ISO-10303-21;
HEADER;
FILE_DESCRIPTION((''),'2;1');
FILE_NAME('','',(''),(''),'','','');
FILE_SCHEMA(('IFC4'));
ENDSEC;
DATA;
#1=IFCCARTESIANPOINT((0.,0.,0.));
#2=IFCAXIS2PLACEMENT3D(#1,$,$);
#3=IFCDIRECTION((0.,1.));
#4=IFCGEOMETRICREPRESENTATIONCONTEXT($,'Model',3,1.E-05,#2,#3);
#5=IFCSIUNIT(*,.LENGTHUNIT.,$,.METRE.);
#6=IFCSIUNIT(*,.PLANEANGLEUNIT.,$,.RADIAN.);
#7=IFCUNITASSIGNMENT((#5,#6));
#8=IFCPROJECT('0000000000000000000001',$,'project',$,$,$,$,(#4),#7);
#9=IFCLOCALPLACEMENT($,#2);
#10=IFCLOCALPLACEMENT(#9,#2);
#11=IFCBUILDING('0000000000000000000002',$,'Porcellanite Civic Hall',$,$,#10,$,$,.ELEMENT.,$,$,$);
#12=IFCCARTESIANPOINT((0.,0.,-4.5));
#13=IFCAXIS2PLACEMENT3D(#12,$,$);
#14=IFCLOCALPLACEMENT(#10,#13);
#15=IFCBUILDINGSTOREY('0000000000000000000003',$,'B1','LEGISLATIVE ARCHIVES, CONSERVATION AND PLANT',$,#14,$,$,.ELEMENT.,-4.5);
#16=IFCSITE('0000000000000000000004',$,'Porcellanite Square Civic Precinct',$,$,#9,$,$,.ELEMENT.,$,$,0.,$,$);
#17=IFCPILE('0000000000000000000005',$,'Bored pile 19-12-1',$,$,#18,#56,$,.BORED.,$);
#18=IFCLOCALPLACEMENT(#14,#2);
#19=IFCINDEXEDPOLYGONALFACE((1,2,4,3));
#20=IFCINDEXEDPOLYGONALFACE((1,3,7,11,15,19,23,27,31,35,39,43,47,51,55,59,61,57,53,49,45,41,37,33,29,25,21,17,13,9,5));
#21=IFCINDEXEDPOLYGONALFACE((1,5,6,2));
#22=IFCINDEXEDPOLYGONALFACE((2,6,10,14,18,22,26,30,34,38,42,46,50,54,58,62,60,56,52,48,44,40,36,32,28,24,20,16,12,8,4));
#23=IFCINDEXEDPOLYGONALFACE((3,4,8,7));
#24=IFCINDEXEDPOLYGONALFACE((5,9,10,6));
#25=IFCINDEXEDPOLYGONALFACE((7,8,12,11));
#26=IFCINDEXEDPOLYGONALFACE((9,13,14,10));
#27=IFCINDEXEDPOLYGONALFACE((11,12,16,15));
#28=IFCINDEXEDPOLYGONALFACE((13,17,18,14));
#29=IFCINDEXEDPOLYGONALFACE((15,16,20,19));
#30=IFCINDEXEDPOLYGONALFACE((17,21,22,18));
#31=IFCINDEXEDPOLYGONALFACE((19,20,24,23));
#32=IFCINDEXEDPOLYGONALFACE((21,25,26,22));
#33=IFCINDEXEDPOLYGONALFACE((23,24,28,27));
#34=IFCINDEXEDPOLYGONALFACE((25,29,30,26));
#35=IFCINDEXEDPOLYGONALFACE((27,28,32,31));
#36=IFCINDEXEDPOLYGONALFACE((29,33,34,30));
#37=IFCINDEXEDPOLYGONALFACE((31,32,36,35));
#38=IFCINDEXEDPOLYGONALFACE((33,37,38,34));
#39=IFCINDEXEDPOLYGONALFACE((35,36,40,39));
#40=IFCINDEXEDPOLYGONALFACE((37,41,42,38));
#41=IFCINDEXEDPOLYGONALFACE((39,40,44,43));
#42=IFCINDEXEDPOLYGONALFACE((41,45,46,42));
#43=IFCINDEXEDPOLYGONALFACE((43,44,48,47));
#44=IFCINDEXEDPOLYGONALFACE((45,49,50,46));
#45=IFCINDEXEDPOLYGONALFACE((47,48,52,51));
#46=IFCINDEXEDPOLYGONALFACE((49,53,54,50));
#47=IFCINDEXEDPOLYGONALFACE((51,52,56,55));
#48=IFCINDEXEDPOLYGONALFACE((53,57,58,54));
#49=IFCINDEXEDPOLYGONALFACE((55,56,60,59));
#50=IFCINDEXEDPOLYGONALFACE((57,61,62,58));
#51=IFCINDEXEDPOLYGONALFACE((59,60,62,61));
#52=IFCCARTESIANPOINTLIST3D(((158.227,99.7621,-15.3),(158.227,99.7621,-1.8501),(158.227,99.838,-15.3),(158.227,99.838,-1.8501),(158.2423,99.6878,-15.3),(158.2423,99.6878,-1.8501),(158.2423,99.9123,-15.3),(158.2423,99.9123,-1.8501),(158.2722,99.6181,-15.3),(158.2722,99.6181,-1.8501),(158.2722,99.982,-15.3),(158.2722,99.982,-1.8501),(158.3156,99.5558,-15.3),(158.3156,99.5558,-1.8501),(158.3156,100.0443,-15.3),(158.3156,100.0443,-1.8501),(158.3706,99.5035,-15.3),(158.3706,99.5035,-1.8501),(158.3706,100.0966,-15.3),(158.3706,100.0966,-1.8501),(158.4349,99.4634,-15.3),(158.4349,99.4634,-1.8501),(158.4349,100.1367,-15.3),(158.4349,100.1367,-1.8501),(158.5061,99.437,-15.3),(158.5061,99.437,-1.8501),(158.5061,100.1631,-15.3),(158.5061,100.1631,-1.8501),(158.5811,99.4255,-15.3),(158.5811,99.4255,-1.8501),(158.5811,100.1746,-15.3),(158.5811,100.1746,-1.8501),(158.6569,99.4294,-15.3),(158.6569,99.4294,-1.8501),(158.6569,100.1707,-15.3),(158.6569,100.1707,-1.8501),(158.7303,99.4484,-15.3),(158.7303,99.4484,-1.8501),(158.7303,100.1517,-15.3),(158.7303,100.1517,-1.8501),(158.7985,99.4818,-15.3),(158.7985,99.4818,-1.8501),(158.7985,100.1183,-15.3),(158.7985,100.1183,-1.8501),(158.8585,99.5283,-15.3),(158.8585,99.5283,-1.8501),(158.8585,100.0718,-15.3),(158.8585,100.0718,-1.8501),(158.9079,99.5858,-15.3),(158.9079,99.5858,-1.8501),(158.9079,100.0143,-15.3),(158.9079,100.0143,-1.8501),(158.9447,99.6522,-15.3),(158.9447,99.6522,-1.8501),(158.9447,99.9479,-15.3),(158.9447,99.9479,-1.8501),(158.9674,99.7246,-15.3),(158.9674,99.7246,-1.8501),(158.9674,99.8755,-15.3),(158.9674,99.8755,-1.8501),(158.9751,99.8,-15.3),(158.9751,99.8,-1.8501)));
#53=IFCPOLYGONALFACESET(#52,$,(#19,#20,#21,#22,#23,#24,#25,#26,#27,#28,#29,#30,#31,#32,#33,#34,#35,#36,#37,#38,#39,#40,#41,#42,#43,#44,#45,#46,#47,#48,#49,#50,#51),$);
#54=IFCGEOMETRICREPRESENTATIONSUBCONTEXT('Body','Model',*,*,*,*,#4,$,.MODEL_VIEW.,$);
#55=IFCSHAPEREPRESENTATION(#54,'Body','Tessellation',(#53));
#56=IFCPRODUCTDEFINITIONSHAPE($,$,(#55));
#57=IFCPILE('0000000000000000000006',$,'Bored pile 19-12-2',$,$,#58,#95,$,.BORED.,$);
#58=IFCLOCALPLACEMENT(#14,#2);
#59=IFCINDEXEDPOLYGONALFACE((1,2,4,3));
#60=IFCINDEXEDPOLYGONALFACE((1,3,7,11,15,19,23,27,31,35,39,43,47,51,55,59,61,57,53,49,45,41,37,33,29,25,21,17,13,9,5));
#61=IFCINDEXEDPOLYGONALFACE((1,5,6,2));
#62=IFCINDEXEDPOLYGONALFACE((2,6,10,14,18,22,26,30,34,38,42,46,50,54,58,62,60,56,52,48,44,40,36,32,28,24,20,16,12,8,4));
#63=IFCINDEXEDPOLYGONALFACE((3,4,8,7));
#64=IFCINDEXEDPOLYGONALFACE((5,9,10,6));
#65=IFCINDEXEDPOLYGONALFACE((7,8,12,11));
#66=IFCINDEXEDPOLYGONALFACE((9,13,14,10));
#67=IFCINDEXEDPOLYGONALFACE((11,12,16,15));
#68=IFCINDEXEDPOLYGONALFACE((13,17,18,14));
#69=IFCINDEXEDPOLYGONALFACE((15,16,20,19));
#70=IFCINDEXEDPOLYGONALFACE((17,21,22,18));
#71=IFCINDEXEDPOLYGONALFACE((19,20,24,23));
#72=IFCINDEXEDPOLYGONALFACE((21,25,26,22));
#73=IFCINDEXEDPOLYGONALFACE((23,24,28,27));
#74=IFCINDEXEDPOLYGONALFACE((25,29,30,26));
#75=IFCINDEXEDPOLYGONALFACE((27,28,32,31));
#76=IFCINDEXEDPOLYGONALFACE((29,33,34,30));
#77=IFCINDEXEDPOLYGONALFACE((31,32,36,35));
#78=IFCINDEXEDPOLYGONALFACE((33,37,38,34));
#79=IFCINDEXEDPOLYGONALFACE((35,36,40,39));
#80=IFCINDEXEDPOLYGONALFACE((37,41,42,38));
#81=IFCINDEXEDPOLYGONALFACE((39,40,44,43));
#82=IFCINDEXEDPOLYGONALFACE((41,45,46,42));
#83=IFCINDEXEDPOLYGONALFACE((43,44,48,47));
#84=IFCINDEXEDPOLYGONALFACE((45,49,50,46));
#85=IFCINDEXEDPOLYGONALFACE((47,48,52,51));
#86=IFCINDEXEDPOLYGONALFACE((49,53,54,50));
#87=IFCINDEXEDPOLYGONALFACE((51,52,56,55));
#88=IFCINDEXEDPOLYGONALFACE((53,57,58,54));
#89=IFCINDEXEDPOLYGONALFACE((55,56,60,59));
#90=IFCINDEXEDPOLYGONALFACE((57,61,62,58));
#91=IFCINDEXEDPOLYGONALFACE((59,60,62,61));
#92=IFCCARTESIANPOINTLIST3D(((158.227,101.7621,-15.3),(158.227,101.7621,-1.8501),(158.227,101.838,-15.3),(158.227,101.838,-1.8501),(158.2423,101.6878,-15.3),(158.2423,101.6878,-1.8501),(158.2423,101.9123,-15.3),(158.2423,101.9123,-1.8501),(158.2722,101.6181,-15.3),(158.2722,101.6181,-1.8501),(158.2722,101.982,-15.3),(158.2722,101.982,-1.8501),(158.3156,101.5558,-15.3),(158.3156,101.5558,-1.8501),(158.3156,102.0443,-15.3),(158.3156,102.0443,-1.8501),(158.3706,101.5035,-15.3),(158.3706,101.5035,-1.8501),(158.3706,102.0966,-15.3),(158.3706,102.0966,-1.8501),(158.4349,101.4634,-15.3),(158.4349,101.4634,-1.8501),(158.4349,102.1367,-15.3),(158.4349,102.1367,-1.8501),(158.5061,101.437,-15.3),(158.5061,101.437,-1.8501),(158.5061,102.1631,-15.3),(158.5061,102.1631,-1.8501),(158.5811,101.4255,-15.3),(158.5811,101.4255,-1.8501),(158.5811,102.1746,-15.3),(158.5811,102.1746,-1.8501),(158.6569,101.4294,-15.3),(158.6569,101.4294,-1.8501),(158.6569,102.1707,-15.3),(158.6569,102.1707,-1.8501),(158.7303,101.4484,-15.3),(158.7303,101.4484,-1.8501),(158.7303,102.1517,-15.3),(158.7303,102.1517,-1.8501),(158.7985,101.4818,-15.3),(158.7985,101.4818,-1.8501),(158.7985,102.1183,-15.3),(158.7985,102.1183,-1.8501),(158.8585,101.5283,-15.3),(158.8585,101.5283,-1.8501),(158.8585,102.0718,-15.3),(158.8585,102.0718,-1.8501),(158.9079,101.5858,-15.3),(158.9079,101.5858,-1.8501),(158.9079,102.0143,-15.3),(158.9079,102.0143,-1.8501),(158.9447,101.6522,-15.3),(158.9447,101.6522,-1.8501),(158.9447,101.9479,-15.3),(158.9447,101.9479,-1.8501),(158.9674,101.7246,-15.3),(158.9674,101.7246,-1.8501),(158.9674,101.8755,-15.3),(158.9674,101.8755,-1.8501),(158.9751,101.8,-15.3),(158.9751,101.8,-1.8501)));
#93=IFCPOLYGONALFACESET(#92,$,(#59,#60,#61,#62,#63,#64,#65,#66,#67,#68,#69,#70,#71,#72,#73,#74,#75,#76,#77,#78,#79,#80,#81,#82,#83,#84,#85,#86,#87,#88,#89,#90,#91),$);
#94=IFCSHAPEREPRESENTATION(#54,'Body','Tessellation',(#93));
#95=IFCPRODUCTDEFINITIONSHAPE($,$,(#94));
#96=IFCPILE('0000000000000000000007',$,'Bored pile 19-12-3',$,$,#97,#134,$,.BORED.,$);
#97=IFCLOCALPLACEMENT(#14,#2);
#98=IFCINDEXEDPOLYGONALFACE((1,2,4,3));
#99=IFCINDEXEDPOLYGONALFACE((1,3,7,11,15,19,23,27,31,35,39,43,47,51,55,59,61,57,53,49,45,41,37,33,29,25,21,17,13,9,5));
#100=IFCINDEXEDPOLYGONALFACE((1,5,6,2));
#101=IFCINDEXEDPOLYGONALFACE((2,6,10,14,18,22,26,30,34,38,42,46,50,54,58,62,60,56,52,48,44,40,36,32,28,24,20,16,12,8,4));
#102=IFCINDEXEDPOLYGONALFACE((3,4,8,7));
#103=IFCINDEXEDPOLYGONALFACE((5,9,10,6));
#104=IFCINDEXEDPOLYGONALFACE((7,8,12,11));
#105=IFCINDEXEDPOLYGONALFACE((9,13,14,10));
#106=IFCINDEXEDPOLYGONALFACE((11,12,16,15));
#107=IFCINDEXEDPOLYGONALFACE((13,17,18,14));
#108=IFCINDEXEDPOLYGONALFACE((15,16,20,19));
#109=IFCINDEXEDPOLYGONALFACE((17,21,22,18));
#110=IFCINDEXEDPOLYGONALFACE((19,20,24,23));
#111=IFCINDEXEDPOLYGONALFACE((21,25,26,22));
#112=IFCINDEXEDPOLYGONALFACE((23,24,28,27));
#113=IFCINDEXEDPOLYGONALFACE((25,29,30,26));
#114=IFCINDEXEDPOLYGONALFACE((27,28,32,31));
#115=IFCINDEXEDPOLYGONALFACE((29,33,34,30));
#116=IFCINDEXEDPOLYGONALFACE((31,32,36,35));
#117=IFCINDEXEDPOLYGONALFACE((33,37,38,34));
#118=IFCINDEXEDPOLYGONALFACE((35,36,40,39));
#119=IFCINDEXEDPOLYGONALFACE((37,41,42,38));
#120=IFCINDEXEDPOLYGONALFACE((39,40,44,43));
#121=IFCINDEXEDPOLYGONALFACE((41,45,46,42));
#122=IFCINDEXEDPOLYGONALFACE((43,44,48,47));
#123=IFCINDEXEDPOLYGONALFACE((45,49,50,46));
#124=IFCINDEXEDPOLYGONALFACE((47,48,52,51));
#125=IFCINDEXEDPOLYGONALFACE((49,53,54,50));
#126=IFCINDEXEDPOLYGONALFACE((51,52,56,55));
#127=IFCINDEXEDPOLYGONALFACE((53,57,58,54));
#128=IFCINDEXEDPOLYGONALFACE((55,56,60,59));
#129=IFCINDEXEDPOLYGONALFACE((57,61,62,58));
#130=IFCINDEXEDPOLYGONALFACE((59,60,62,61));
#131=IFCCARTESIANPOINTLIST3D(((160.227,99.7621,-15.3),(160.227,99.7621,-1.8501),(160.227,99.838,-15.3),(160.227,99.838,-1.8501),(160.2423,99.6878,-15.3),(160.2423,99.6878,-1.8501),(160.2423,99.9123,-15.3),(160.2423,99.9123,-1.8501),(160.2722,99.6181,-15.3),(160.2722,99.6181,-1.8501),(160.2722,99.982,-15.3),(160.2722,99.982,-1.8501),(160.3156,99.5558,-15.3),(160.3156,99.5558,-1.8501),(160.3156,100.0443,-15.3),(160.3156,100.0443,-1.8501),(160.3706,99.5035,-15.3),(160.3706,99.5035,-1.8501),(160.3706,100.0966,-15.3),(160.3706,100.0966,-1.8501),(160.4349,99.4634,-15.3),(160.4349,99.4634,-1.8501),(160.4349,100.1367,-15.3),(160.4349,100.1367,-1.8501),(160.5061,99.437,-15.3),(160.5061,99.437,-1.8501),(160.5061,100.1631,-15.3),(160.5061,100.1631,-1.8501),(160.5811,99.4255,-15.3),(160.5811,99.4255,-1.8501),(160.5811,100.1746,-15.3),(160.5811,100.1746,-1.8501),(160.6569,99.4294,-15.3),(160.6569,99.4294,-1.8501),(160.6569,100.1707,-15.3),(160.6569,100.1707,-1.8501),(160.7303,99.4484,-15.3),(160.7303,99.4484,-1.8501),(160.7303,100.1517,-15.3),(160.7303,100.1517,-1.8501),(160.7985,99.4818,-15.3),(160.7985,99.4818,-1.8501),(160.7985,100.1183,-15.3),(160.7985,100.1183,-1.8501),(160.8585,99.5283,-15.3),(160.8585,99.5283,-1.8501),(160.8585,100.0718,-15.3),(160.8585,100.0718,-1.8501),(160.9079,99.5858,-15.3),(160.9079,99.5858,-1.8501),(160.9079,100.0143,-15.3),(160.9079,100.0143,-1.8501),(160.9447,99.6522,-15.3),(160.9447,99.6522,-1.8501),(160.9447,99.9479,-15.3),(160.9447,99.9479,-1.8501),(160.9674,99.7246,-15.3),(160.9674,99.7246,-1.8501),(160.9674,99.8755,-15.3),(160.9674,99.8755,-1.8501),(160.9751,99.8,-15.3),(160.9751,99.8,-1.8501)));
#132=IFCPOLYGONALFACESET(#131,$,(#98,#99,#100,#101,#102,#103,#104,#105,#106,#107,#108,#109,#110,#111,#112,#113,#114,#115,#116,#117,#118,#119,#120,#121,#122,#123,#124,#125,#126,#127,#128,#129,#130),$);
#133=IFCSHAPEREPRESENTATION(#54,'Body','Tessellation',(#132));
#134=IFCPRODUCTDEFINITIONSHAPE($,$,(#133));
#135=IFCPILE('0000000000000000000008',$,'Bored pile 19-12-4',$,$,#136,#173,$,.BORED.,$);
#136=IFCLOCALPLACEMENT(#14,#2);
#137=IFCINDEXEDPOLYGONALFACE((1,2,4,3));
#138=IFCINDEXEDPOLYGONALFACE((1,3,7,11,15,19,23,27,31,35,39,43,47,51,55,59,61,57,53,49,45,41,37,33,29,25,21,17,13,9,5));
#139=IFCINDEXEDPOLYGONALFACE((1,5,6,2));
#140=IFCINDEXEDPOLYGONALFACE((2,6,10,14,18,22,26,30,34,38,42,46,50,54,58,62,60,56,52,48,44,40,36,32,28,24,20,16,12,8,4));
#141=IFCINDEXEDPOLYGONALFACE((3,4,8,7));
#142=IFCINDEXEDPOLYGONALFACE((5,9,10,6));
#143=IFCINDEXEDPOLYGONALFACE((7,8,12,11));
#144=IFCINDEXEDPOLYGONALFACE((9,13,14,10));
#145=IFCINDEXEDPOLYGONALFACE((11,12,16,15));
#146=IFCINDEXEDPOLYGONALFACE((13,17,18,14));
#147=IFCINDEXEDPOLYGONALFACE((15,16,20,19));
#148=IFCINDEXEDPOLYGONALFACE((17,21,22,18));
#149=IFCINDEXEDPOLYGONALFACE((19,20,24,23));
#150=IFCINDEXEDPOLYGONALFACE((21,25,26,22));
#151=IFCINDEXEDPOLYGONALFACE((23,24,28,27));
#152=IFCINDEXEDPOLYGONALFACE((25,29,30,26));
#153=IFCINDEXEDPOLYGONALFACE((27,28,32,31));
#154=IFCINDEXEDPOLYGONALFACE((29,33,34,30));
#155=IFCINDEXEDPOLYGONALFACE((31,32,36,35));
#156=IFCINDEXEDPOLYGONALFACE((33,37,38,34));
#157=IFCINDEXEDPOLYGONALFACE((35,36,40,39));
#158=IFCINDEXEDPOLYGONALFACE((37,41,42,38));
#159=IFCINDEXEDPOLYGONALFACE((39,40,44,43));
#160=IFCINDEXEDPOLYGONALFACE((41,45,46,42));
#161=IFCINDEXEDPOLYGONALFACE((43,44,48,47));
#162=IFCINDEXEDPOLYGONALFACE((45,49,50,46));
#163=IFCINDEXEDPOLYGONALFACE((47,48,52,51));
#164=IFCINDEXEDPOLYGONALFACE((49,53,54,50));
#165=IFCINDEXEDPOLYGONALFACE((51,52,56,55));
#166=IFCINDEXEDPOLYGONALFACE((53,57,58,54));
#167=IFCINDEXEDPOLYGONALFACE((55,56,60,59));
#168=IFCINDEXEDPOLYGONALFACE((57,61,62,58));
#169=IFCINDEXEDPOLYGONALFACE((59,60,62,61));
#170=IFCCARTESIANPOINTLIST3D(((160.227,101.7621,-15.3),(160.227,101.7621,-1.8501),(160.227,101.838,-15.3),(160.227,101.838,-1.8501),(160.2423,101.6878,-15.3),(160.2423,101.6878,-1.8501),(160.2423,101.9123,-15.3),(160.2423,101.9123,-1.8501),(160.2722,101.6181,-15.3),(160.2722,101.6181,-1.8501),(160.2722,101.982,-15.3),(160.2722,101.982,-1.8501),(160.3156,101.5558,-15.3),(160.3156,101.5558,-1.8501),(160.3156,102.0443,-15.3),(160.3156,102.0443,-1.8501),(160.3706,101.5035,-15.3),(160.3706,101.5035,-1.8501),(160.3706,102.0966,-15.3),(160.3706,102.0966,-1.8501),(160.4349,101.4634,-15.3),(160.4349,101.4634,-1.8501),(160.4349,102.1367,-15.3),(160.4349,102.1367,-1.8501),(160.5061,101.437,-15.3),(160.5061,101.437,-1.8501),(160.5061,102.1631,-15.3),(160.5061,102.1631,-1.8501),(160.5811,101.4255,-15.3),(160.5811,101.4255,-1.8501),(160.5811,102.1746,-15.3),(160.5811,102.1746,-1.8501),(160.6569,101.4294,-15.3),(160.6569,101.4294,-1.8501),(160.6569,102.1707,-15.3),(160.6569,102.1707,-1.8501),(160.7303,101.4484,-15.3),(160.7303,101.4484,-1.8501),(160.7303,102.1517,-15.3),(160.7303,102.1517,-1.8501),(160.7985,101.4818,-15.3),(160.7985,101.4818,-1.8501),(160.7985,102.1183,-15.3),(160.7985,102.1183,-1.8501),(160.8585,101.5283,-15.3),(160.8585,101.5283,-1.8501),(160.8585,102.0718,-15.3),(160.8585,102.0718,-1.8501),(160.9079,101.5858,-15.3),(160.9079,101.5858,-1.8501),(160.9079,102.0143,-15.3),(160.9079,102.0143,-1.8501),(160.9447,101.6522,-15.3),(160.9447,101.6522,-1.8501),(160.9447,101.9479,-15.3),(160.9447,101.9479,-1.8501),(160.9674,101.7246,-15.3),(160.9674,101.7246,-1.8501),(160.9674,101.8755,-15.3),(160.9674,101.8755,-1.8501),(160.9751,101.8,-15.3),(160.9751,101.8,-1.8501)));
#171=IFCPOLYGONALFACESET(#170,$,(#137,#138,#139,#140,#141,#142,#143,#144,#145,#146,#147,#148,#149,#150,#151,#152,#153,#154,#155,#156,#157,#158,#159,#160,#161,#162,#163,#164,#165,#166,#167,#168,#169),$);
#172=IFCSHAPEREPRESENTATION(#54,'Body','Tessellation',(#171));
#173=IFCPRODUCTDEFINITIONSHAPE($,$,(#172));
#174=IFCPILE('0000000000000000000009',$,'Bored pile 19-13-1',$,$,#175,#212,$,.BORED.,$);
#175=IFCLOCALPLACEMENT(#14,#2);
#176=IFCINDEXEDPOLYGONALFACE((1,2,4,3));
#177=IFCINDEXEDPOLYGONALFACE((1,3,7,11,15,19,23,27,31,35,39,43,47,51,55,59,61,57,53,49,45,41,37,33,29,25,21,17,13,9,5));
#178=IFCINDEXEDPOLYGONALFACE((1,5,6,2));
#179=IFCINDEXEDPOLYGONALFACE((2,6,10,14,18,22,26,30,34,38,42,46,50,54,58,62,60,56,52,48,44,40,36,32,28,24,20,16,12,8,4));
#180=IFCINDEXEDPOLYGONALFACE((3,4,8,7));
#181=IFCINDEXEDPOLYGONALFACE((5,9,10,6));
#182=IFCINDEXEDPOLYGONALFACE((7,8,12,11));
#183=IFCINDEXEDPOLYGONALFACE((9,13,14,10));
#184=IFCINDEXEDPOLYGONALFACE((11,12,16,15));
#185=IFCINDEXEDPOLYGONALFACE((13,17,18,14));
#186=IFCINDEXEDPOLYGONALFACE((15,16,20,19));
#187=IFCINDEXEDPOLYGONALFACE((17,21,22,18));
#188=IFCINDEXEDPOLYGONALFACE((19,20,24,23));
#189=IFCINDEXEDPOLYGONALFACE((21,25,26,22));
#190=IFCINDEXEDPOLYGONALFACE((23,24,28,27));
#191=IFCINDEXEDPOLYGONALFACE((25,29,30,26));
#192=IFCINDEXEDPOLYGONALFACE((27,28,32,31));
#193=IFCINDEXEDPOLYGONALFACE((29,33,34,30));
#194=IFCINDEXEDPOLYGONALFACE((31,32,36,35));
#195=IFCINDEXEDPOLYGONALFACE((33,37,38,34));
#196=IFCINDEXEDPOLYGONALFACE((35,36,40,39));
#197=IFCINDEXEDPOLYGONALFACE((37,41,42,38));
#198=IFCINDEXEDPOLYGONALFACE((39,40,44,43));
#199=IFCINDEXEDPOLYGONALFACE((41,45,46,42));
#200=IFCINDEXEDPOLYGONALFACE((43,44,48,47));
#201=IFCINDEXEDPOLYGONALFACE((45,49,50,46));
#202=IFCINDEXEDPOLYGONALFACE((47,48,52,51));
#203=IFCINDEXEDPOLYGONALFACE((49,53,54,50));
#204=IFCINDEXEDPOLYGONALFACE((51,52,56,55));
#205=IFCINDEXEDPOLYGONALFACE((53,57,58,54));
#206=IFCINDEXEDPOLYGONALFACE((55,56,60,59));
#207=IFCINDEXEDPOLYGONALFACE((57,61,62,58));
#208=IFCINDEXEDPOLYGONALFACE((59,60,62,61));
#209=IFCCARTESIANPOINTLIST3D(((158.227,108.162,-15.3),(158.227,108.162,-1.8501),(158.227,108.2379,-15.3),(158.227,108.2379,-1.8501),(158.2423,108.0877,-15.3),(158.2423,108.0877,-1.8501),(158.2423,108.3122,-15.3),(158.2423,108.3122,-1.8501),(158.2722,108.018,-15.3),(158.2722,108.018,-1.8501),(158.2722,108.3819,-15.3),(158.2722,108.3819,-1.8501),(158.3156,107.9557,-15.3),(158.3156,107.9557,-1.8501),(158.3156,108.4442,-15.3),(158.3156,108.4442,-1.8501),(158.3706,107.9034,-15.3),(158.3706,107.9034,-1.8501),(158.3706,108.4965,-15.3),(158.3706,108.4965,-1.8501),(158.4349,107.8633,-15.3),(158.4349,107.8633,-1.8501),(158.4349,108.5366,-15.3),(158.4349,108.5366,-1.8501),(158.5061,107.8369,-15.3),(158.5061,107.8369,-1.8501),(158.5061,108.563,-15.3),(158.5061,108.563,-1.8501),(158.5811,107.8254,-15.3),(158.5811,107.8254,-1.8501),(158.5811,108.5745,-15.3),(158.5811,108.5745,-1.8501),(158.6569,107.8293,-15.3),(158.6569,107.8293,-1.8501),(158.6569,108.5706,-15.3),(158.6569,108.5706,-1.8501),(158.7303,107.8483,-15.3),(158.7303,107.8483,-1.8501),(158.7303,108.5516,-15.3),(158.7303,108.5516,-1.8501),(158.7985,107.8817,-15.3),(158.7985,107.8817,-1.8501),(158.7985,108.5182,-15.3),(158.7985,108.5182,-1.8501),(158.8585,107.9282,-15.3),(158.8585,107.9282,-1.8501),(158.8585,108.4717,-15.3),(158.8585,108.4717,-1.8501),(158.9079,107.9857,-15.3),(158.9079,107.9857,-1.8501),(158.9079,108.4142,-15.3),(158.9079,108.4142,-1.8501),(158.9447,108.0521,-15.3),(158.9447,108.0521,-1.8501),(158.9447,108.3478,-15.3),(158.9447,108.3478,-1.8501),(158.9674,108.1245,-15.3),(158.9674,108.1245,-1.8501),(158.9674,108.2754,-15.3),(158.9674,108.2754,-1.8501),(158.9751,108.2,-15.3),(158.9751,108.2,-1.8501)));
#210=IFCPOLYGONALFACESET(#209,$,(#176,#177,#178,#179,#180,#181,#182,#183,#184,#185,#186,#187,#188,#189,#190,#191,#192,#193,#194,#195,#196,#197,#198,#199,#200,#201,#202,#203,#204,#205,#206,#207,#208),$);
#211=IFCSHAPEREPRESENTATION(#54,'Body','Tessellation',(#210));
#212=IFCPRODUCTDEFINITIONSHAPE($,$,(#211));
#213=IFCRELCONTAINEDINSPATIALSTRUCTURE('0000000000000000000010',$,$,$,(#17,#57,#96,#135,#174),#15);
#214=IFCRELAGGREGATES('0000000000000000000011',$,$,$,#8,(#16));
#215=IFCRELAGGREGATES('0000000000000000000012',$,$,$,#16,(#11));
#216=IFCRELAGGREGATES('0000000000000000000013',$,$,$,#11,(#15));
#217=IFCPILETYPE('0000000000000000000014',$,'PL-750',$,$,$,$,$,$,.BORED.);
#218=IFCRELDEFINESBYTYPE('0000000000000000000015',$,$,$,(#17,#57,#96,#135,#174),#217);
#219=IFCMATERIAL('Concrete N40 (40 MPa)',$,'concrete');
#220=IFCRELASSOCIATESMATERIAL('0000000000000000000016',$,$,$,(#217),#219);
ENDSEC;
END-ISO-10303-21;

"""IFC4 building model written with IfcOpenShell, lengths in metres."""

from ifc_helpers import new_model, si_unit, direction, frame, origin, origin_2d, place, context, subcontext, project, spatial, circle, extrude, material, material_profile, profile_set, type_object, element, save


model = new_model("IFC4")

# Units and contexts
model_context = context("Model", 3, precision=1e-05, world=origin(), true_north=direction((0.0, 1.0)))
body_context = subcontext(model_context, "Body", "Model", "MODEL_VIEW")
ifc_project = project(units=[si_unit("LENGTHUNIT", "METRE"), si_unit("PLANEANGLEUNIT", "RADIAN")], contexts=[model_context])

# Site, building, storey
site_placement = place(None, origin())
site = spatial("IfcSite", under=ifc_project, at=site_placement, Name="Porcellanite Square Civic Precinct", CompositionType="ELEMENT", RefElevation=0.0)
building_placement = place(site_placement, origin())
building = spatial("IfcBuilding", under=site, at=building_placement, Name="Porcellanite Civic Hall", CompositionType="ELEMENT")
storey_placement = place(building_placement, frame((0.0, 0.0, -4.5)))
storey = spatial("IfcBuildingStorey", under=building, at=storey_placement, Name="B1", Description="LEGISLATIVE ARCHIVES, CONSERVATION AND PLANT", CompositionType="ELEMENT", Elevation=-4.5)

# Piles
ifc_material_1 = material(Name="Concrete N40 (40 MPa)", Category="concrete")
ifc_material_profile_1 = material_profile(ifc_material_1, circle(Radius=0.375, at=origin_2d()), Name="PILE-D750")
ifc_profile_set_1 = profile_set([ifc_material_profile_1], Name="Concrete N40 (40 MPa)")
pile_type_1 = type_object("IfcPileType", Name="PL-750", PredefinedType="BORED", material=ifc_profile_set_1)
for number, where, z_axis, x_axis, name in (
    (1, (158.6001, 99.8, -1.8501), (0.0, 0.0, -1.0), (1.0, 0.0, 0.0), "Bored pile 19-12-1"),
    (2, (158.6001, 101.8, -1.8501), (0.0, 0.0, -1.0), (1.0, 0.0, 0.0), "Bored pile 19-12-2"),
    (3, (160.6001, 99.8, -1.8501), (0.0, 0.0, -1.0), (1.0, 0.0, 0.0), "Bored pile 19-12-3"),
    (4, (160.6001, 101.8, -1.8501), (0.0, 0.0, -1.0), (1.0, 0.0, 0.0), "Bored pile 19-12-4"),
    (5, (158.6001, 108.2, -1.8501), (0.0, 0.0, -1.0), (1.0, 0.0, 0.0), "Bored pile 19-13-1"),
):
    element("IfcPile", number, at=place(storey_placement, frame(where, z_axis=z_axis, x_axis=x_axis)), inside=storey, type_object=pile_type_1, Name=name, PredefinedType="BORED", context=body_context, shape_type="SweptSolid", body=[
        extrude(circle(Radius=0.375, at=origin_2d()), origin(), (0.0, 0.0, 1.0), 13.45),
    ])

save(model, "model.ifc")
